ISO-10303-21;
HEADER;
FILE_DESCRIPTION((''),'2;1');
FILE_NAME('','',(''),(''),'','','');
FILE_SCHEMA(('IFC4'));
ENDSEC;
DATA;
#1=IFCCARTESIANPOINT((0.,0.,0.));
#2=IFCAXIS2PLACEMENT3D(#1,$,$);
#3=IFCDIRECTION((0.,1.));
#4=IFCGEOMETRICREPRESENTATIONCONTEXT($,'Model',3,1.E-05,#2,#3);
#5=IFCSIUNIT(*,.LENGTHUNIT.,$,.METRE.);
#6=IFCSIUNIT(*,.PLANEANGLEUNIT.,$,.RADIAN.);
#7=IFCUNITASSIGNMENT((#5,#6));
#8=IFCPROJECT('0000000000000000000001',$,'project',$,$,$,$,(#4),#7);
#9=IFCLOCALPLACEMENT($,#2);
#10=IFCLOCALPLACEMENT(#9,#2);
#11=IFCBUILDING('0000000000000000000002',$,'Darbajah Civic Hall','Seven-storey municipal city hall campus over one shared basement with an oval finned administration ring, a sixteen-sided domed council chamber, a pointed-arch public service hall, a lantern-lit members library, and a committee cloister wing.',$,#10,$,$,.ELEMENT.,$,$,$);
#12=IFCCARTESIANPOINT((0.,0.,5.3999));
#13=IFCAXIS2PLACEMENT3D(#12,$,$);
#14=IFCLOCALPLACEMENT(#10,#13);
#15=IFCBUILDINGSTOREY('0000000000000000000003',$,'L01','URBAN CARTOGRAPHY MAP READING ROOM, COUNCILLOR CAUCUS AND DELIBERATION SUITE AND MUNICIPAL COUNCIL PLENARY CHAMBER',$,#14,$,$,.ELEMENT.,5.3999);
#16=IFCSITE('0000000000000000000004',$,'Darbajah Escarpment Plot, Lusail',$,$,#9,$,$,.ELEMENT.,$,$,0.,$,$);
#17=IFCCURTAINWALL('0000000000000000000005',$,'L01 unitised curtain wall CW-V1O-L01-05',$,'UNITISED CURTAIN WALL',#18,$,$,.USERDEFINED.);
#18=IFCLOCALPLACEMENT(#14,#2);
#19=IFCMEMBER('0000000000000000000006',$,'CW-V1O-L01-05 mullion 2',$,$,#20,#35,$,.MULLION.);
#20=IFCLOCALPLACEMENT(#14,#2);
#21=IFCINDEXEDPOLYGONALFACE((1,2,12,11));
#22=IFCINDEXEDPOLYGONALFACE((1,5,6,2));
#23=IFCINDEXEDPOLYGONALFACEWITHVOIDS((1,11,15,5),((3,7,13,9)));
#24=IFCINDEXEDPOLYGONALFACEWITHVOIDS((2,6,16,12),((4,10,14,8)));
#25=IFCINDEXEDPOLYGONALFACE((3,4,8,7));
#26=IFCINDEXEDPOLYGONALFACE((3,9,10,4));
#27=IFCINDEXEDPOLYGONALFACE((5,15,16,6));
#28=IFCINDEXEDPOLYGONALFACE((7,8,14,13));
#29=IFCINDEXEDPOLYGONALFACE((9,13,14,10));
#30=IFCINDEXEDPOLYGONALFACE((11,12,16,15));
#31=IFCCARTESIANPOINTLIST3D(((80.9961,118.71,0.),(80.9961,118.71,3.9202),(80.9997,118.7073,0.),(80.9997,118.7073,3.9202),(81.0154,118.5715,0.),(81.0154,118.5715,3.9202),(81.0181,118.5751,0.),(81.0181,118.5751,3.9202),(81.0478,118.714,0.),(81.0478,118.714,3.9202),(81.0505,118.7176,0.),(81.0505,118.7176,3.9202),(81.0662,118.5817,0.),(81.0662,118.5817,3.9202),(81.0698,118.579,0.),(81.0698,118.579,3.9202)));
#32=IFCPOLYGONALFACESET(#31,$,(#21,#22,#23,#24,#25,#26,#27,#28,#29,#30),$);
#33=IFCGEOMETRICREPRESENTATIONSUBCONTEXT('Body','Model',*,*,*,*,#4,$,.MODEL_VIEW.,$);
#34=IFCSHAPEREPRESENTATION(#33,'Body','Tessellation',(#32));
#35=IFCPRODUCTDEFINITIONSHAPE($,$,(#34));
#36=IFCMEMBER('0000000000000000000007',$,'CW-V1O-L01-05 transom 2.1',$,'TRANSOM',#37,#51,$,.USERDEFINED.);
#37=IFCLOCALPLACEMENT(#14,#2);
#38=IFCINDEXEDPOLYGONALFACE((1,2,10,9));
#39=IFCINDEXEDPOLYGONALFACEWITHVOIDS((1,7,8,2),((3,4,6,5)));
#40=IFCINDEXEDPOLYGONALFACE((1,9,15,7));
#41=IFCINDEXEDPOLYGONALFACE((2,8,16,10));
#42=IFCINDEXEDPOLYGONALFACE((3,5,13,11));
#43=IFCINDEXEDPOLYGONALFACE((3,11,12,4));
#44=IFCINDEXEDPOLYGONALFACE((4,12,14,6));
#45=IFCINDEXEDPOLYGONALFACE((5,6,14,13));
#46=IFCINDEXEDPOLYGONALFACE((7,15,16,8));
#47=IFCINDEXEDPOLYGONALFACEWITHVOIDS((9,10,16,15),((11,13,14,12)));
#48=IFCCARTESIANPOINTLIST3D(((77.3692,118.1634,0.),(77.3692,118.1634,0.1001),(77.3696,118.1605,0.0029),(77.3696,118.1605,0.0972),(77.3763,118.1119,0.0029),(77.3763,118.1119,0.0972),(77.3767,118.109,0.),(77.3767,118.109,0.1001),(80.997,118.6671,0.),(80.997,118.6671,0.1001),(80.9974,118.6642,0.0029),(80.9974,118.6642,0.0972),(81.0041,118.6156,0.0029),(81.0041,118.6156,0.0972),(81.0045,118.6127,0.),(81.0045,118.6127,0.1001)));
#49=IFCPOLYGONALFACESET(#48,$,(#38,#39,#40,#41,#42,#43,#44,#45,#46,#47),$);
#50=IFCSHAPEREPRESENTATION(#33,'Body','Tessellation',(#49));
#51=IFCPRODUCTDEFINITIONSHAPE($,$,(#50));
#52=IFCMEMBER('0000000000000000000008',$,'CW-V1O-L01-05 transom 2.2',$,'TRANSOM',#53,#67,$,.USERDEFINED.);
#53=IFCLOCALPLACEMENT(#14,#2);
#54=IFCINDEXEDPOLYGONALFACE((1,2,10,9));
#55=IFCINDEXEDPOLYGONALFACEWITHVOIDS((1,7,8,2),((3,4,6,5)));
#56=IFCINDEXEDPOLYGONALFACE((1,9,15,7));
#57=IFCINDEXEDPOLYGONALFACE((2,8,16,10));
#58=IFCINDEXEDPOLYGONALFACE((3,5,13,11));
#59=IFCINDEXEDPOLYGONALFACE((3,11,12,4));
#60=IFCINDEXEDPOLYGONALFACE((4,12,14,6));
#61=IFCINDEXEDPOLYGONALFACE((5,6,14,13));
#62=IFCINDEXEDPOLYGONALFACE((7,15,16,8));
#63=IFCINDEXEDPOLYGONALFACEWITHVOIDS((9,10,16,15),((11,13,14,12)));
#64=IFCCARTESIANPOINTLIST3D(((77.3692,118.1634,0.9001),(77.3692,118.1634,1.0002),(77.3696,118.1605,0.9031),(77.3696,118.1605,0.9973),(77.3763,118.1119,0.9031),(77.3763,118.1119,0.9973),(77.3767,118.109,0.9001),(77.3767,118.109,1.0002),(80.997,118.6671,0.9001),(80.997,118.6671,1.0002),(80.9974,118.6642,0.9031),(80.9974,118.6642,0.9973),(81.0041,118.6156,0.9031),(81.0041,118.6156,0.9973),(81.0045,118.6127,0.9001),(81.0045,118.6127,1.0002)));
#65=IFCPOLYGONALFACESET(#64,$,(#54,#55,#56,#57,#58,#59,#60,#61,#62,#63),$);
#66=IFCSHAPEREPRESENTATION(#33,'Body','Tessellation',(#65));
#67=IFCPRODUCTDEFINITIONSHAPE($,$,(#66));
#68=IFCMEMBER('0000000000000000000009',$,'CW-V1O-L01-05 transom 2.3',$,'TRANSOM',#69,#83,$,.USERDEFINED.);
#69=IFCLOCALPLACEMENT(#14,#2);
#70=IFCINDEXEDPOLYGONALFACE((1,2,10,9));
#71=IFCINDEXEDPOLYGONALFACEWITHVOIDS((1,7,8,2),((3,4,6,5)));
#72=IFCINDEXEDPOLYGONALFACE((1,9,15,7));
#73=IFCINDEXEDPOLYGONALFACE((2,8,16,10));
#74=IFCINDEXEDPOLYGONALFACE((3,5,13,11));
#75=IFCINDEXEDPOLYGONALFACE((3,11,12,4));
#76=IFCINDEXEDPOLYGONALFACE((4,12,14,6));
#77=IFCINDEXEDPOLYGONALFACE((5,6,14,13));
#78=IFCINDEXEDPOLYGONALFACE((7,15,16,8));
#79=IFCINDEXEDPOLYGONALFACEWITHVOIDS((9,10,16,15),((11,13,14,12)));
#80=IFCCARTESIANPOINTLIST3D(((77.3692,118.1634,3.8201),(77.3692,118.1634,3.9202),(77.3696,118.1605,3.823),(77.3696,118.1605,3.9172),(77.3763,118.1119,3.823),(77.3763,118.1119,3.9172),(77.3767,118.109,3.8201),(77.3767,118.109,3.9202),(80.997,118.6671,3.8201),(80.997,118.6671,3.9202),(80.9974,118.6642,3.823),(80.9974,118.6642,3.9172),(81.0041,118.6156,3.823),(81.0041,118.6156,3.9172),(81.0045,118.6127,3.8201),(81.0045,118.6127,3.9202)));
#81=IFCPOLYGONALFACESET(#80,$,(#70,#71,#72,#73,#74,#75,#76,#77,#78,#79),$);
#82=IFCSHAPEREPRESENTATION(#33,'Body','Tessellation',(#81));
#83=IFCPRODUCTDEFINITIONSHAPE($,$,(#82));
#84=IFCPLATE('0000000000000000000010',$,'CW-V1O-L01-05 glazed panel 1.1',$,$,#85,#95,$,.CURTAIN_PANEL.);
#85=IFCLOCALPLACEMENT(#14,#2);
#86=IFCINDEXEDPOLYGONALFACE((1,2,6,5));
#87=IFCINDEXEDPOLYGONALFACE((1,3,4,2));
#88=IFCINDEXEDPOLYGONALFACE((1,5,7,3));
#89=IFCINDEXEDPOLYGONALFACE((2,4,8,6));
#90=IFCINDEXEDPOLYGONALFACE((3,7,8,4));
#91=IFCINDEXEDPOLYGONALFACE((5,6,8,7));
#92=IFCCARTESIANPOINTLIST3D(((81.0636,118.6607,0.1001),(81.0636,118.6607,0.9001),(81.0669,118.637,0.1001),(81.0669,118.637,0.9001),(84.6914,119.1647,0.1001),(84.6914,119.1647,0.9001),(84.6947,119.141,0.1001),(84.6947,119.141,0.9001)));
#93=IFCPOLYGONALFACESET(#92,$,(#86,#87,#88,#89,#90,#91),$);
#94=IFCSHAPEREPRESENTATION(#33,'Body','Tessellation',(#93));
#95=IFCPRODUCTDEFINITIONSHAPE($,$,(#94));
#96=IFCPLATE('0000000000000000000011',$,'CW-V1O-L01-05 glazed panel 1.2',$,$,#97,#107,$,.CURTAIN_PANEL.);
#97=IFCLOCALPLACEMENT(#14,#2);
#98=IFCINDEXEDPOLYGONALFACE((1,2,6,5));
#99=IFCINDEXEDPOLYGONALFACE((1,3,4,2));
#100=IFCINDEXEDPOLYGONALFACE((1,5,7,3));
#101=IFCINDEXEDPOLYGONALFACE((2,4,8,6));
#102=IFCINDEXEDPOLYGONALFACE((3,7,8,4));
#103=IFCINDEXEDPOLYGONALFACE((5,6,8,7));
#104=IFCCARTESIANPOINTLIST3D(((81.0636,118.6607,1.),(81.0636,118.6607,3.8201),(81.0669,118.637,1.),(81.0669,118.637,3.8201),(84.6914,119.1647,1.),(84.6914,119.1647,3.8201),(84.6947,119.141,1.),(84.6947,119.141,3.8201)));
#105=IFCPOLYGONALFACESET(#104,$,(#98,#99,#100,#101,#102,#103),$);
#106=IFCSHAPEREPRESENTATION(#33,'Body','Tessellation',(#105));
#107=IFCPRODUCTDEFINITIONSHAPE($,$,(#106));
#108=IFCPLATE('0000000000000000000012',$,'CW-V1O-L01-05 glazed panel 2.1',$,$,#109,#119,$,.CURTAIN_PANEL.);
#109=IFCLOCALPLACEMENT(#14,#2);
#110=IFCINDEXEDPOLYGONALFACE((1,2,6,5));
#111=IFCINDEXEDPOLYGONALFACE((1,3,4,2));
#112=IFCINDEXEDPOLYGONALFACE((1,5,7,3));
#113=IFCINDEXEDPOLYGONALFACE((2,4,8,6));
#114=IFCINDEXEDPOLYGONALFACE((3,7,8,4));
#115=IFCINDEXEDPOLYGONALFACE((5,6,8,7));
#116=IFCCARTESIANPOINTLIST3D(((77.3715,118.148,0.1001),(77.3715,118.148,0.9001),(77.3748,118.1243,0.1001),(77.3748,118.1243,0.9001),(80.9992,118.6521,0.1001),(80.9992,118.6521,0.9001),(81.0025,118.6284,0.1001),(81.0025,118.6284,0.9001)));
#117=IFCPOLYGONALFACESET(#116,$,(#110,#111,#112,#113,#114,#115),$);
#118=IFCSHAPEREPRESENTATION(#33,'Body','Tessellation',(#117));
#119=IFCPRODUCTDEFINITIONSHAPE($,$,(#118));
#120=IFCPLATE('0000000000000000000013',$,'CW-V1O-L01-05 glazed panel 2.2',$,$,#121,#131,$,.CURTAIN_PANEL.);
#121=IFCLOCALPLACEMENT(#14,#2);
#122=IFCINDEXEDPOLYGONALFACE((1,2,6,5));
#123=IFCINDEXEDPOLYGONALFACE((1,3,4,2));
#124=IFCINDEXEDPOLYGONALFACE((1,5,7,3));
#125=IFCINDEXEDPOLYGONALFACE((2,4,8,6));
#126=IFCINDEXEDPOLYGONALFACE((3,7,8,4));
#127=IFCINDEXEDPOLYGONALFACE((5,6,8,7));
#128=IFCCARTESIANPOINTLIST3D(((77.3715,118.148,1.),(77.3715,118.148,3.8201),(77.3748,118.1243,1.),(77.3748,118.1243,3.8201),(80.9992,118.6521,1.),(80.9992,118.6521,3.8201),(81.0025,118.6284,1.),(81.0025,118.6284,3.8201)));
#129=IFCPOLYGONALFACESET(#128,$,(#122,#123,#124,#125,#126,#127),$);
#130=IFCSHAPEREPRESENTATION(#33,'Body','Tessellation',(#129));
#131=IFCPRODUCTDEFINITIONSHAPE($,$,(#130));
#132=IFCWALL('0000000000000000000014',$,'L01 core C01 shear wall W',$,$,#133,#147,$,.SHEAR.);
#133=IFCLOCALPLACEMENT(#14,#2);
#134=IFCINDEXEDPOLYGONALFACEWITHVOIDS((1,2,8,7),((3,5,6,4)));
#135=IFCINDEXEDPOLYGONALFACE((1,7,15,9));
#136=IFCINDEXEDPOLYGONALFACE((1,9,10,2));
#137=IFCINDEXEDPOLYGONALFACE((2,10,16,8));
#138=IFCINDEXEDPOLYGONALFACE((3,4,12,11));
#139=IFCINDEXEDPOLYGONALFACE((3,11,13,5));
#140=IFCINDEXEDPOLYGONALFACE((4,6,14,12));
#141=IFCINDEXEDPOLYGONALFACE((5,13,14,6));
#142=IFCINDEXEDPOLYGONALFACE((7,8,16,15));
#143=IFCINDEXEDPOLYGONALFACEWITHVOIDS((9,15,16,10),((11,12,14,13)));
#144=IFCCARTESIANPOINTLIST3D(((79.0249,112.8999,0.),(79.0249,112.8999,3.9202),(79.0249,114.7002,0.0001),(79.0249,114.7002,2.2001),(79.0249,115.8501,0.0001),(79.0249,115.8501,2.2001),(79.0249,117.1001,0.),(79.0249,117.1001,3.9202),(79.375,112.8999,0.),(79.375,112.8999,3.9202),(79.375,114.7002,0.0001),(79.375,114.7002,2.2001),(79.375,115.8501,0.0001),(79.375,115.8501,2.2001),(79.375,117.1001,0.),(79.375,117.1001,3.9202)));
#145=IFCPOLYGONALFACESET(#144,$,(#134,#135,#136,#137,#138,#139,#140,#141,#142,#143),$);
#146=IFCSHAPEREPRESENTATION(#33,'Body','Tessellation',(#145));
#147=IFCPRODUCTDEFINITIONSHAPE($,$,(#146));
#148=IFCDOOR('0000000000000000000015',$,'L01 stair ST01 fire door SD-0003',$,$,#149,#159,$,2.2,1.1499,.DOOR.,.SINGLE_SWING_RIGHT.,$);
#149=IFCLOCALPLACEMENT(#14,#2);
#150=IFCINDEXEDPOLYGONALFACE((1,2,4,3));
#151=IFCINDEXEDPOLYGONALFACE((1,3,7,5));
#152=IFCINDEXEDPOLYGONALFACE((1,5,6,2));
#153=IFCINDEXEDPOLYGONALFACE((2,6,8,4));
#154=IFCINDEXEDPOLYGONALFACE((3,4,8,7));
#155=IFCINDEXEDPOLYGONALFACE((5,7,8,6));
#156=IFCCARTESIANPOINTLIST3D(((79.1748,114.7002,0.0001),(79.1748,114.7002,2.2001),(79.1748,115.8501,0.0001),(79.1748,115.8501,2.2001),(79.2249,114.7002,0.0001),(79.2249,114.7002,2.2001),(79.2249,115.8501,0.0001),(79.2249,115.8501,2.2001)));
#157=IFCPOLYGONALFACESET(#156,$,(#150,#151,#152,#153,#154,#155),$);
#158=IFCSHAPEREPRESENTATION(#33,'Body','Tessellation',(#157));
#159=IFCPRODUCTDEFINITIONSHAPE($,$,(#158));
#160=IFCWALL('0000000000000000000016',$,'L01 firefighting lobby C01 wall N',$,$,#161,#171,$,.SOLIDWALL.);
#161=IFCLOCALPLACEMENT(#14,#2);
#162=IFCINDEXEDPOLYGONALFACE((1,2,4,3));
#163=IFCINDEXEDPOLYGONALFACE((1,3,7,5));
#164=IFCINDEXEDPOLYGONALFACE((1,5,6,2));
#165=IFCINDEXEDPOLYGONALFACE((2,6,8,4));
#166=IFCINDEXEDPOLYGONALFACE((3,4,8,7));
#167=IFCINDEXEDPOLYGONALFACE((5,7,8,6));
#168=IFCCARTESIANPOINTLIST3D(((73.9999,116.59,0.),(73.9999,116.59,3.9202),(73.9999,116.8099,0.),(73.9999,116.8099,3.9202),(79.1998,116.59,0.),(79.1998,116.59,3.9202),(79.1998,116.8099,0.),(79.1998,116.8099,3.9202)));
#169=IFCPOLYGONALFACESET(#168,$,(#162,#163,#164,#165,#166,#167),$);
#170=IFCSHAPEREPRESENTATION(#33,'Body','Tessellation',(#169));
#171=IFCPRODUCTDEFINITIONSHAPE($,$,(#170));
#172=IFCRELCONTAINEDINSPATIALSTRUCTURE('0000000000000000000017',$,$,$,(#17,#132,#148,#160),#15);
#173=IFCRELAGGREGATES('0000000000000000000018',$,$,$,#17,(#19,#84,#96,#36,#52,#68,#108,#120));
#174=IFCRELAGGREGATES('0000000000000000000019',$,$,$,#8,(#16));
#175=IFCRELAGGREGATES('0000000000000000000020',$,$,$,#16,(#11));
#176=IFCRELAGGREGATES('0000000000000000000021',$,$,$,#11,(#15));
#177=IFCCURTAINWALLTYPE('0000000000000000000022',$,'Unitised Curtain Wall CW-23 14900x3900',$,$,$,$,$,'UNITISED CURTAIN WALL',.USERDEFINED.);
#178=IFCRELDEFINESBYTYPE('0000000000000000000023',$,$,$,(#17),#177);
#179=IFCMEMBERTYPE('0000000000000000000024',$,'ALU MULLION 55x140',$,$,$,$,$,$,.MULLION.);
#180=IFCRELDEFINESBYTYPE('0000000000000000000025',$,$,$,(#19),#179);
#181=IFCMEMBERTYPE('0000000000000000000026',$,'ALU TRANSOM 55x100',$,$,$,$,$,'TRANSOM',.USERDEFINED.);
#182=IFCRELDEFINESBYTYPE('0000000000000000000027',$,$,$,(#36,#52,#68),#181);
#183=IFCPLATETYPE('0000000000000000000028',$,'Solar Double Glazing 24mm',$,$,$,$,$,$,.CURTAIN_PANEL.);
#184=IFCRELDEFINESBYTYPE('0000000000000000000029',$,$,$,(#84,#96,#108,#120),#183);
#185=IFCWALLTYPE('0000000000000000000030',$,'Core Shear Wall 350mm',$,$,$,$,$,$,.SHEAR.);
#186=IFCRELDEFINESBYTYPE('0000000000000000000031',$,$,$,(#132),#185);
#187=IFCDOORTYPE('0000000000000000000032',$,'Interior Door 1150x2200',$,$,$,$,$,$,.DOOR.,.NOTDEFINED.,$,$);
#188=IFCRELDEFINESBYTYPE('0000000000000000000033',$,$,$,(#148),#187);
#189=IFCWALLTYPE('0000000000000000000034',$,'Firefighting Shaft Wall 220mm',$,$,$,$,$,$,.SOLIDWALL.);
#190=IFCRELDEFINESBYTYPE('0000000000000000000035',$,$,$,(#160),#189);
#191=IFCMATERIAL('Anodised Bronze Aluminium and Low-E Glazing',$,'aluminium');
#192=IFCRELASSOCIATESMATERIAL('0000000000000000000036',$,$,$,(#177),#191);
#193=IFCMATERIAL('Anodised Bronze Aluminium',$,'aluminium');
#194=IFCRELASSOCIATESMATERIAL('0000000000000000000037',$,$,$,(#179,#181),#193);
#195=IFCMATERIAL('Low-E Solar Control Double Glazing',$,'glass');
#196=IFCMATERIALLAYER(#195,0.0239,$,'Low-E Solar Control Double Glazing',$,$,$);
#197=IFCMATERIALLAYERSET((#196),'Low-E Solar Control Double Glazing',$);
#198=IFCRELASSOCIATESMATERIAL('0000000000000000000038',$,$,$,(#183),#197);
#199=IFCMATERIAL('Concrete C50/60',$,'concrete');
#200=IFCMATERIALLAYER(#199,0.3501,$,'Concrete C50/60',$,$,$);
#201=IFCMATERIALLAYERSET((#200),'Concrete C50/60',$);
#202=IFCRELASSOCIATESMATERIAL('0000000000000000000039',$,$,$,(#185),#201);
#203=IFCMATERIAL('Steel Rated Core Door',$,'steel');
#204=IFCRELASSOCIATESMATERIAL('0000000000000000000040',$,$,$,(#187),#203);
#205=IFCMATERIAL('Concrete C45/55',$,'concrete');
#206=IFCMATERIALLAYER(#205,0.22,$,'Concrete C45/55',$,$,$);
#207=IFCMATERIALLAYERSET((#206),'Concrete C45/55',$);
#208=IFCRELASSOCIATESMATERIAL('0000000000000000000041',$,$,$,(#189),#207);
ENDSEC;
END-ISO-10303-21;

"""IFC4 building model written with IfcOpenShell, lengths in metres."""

from ifc_helpers import new_model, si_unit, direction, frame, frame_2d, origin, origin_2d, place, context, subcontext, project, spatial, rectangle, hollow_rectangle, extrude, material, layer, layer_set, material_profile, profile_set, type_object, element, fill, aggregate, save


model = new_model("IFC4")

# Units and contexts
model_context = context("Model", 3, precision=1e-05, world=origin(), true_north=direction((0.0, 1.0)))
body_context = subcontext(model_context, "Body", "Model", "MODEL_VIEW")
ifc_project = project(units=[si_unit("LENGTHUNIT", "METRE"), si_unit("PLANEANGLEUNIT", "RADIAN")], contexts=[model_context])

# Site, building, storey
site_placement = place(None, origin())
site = spatial("IfcSite", under=ifc_project, at=site_placement, Name="Darbajah Escarpment Plot, Lusail", CompositionType="ELEMENT", RefElevation=0.0)
building_placement = place(site_placement, origin())
building = spatial("IfcBuilding", under=site, at=building_placement, Name="Darbajah Civic Hall", Description="Seven-storey municipal city hall campus over one shared basement with an oval finned administration ring, a sixteen-sided domed council chamber, a pointed-arch public service hall, a lantern-lit members library, and a committee cloister wing.", CompositionType="ELEMENT")
storey_placement = place(building_placement, frame((0.0, 0.0, 5.3999)))
storey = spatial("IfcBuildingStorey", under=building, at=storey_placement, Name="L01", Description="URBAN CARTOGRAPHY MAP READING ROOM, COUNCILLOR CAUCUS AND DELIBERATION SUITE AND MUNICIPAL COUNCIL PLENARY CHAMBER", CompositionType="ELEMENT", Elevation=5.3999)

# Curtain wall, members, plates
ifc_material_1 = material(Name="Anodised Bronze Aluminium and Low-E Glazing", Category="aluminium")
curtain_wall_type = type_object("IfcCurtainWallType", Name="Unitised Curtain Wall CW-23 14900x3900", ElementType="UNITISED CURTAIN WALL", PredefinedType="USERDEFINED", material=ifc_material_1)
curtain_wall_placement = place(storey_placement, origin())
curtain_wall = element("IfcCurtainWall", 1, at=curtain_wall_placement, inside=storey, type_object=curtain_wall_type, Name="L01 unitised curtain wall CW-V1O-L01-05", ObjectType="UNITISED CURTAIN WALL", PredefinedType="USERDEFINED")
ifc_material_2 = material(Name="Anodised Bronze Aluminium", Category="aluminium")
ifc_material_profile_1 = material_profile(ifc_material_2, hollow_rectangle(XDim=0.0549, YDim=0.1399, WallThickness=0.0032, at=origin_2d()), Name="ALU MULLION 55x140")
ifc_profile_set_1 = profile_set([ifc_material_profile_1], Name="Anodised Bronze Aluminium")
member_type_1 = type_object("IfcMemberType", Name="ALU MULLION 55x140", PredefinedType="MULLION", material=ifc_profile_set_1)
member_1_placement = place(storey_placement, frame((81.033, 118.6445, 0.0), z_axis=(0.0, 0.0, 1.0), x_axis=(-0.990485, -0.137617, 0.0)))
member_1 = element("IfcMember", 2, at=member_1_placement, type_object=member_type_1, Name="CW-V1O-L01-05 mullion 2", PredefinedType="MULLION", context=body_context, shape_type="SweptSolid", body=[
    extrude(hollow_rectangle(XDim=0.0549, YDim=0.1399, WallThickness=0.0032, at=origin_2d()), origin(), (0.0, 0.0, 1.0), 3.9202),
])
ifc_material_profile_2 = material_profile(ifc_material_2, hollow_rectangle(XDim=0.0549, YDim=0.1001, WallThickness=0.0029, at=origin_2d()), Name="ALU TRANSOM 55x100")
ifc_profile_set_2 = profile_set([ifc_material_profile_2], Name="Anodised Bronze Aluminium")
member_type_2 = type_object("IfcMemberType", Name="ALU TRANSOM 55x100", ElementType="TRANSOM", PredefinedType="USERDEFINED", material=ifc_profile_set_2)
member_2_placement = place(storey_placement, frame((81.0007, 118.6399, 0.05), z_axis=(-0.990499, -0.137519, 0.0), x_axis=(0.137519, -0.990499, 0.0)))
member_2 = element("IfcMember", 3, at=member_2_placement, type_object=member_type_2, Name="CW-V1O-L01-05 transom 2.1", ObjectType="TRANSOM", PredefinedType="USERDEFINED", context=body_context, shape_type="SweptSolid", body=[
    extrude(hollow_rectangle(XDim=0.0549, YDim=0.1001, WallThickness=0.0029, at=origin_2d()), origin(), (0.0, 0.0, 1.0), 3.6626),
])
member_3_placement = place(storey_placement, frame((81.0007, 118.6399, 0.9502), z_axis=(-0.990499, -0.137519, 0.0), x_axis=(0.137519, -0.990499, 0.0)))
member_3 = element("IfcMember", 4, at=member_3_placement, type_object=member_type_2, Name="CW-V1O-L01-05 transom 2.2", ObjectType="TRANSOM", PredefinedType="USERDEFINED", context=body_context, shape_type="SweptSolid", body=[
    extrude(hollow_rectangle(XDim=0.0549, YDim=0.1001, WallThickness=0.0029, at=origin_2d()), origin(), (0.0, 0.0, 1.0), 3.6626),
])
member_4_placement = place(storey_placement, frame((81.0007, 118.6399, 3.8701), z_axis=(-0.990499, -0.137519, 0.0), x_axis=(0.137519, -0.990499, 0.0)))
member_4 = element("IfcMember", 5, at=member_4_placement, type_object=member_type_2, Name="CW-V1O-L01-05 transom 2.3", ObjectType="TRANSOM", PredefinedType="USERDEFINED", context=body_context, shape_type="SweptSolid", body=[
    extrude(hollow_rectangle(XDim=0.0549, YDim=0.1001, WallThickness=0.0029, at=origin_2d()), origin(), (0.0, 0.0, 1.0), 3.6626),
])
ifc_material_3 = material(Name="Low-E Solar Control Double Glazing", Category="glass")
ifc_layer_1 = layer(ifc_material_3, 0.0239, Name="Low-E Solar Control Double Glazing")
ifc_layer_set_1 = layer_set([ifc_layer_1], Name="Low-E Solar Control Double Glazing")
plate_type = type_object("IfcPlateType", Name="Solar Double Glazing 24mm", PredefinedType="CURTAIN_PANEL", material=ifc_layer_set_1)
plate_1_placement = place(storey_placement, frame((82.8792, 118.9009, 0.1001), z_axis=(0.0, 0.0, 1.0), x_axis=(-0.990485, -0.137617, 0.0)))
plate_1 = element("IfcPlate", 6, at=plate_1_placement, type_object=plate_type, Name="CW-V1O-L01-05 glazed panel 1.1", PredefinedType="CURTAIN_PANEL", context=body_context, shape_type="SweptSolid", body=[
    extrude(rectangle(XDim=3.6626, YDim=0.0239, at=origin_2d()), origin(), (0.0, 0.0, 1.0), 0.8),
])
plate_2_placement = place(storey_placement, frame((82.8792, 118.9009, 1.0), z_axis=(0.0, 0.0, 1.0), x_axis=(-0.990485, -0.137617, 0.0)))
plate_2 = element("IfcPlate", 7, at=plate_2_placement, type_object=plate_type, Name="CW-V1O-L01-05 glazed panel 1.2", PredefinedType="CURTAIN_PANEL", context=body_context, shape_type="SweptSolid", body=[
    extrude(rectangle(XDim=3.6626, YDim=0.0239, at=origin_2d()), origin(), (0.0, 0.0, 1.0), 2.8201),
])
plate_3_placement = place(storey_placement, frame((79.187, 118.3882, 0.1001), z_axis=(0.0, 0.0, 1.0), x_axis=(-0.990485, -0.137617, 0.0)))
plate_3 = element("IfcPlate", 8, at=plate_3_placement, type_object=plate_type, Name="CW-V1O-L01-05 glazed panel 2.1", PredefinedType="CURTAIN_PANEL", context=body_context, shape_type="SweptSolid", body=[
    extrude(rectangle(XDim=3.6626, YDim=0.0239, at=origin_2d()), origin(), (0.0, 0.0, 1.0), 0.8),
])
plate_4_placement = place(storey_placement, frame((79.187, 118.3882, 1.0), z_axis=(0.0, 0.0, 1.0), x_axis=(-0.990485, -0.137617, 0.0)))
plate_4 = element("IfcPlate", 9, at=plate_4_placement, type_object=plate_type, Name="CW-V1O-L01-05 glazed panel 2.2", PredefinedType="CURTAIN_PANEL", context=body_context, shape_type="SweptSolid", body=[
    extrude(rectangle(XDim=3.6626, YDim=0.0239, at=origin_2d()), origin(), (0.0, 0.0, 1.0), 2.8201),
])
aggregate(curtain_wall, [member_1, plate_1, plate_2, member_2, member_3, member_4, plate_3, plate_4])

# Wall, opening, door
ifc_material_4 = material(Name="Concrete C50/60", Category="concrete")
ifc_layer_2 = layer(ifc_material_4, 0.3501, Name="Concrete C50/60")
ifc_layer_set_2 = layer_set([ifc_layer_2], Name="Concrete C50/60")
wall_type_1 = type_object("IfcWallType", Name="Core Shear Wall 350mm", PredefinedType="SHEAR", material=ifc_layer_set_2)
wall_1_placement = place(storey_placement, frame((79.2, 117.1001, 0.0), z_axis=(0.0, 0.0, 1.0), x_axis=(0.0, -1.0, 0.0)))
wall_1 = element("IfcWall", 10, at=wall_1_placement, inside=storey, type_object=wall_type_1, Name="L01 core C01 shear wall W", PredefinedType="SHEAR", context=body_context, shape_type="SweptSolid", body=[
    extrude(rectangle(XDim=4.2002, YDim=0.3501, at=frame_2d((2.1001, 0.0))), origin(), (0.0, 0.0, 1.0), 3.9202),
])
opening_placement = place(wall_1_placement, frame((1.25, 0.0, 0.0)))
opening = element("IfcOpeningElement", 11, at=opening_placement, cuts=wall_1, PredefinedType="OPENING", context=body_context, shape_type="SweptSolid", body=[
    extrude(rectangle(XDim=1.1499, YDim=2.2, at=frame_2d((0.575, 1.1001))), frame((0.0, 0.1851, 0.0), z_axis=(0.0, -1.0, 0.0), x_axis=(1.0, 0.0, 0.0)), (0.0, 0.0, 1.0), 0.3701),
])
ifc_material_5 = material(Name="Steel Rated Core Door", Category="steel")
door_type = type_object("IfcDoorType", Name="Interior Door 1150x2200", OperationType="NOTDEFINED", PredefinedType="DOOR", material=ifc_material_5)
door_placement = place(opening_placement, origin())
door = element("IfcDoor", 12, at=door_placement, inside=storey, type_object=door_type, Name="L01 stair ST01 fire door SD-0003", OperationType="SINGLE_SWING_RIGHT", OverallHeight=2.2, OverallWidth=1.1499, PredefinedType="DOOR", context=body_context, shape_type="SweptSolid", body=[
    extrude(rectangle(XDim=1.1499, YDim=2.2, at=frame_2d((0.575, 1.1001))), frame((0.0, 0.0249, 0.0), z_axis=(0.0, -1.0, 0.0), x_axis=(1.0, 0.0, 0.0)), (0.0, 0.0, 1.0), 0.05),
])
fill(opening, door)

# Wall
ifc_material_6 = material(Name="Concrete C45/55", Category="concrete")
ifc_layer_3 = layer(ifc_material_6, 0.22, Name="Concrete C45/55")
ifc_layer_set_3 = layer_set([ifc_layer_3], Name="Concrete C45/55")
wall_type_2 = type_object("IfcWallType", Name="Firefighting Shaft Wall 220mm", PredefinedType="SOLIDWALL", material=ifc_layer_set_3)
wall_2_placement = place(storey_placement, frame((79.2, 116.7, 0.0), z_axis=(0.0, 0.0, 1.0), x_axis=(-1.0, 0.0, 0.0)))
element("IfcWall", 13, at=wall_2_placement, inside=storey, type_object=wall_type_2, Name="L01 firefighting lobby C01 wall N", PredefinedType="SOLIDWALL", context=body_context, shape_type="SweptSolid", body=[
    extrude(rectangle(XDim=5.2, YDim=0.22, at=frame_2d((2.6001, 0.0))), origin(), (0.0, 0.0, 1.0), 3.9202),
])

save(model, "model.ifc")
